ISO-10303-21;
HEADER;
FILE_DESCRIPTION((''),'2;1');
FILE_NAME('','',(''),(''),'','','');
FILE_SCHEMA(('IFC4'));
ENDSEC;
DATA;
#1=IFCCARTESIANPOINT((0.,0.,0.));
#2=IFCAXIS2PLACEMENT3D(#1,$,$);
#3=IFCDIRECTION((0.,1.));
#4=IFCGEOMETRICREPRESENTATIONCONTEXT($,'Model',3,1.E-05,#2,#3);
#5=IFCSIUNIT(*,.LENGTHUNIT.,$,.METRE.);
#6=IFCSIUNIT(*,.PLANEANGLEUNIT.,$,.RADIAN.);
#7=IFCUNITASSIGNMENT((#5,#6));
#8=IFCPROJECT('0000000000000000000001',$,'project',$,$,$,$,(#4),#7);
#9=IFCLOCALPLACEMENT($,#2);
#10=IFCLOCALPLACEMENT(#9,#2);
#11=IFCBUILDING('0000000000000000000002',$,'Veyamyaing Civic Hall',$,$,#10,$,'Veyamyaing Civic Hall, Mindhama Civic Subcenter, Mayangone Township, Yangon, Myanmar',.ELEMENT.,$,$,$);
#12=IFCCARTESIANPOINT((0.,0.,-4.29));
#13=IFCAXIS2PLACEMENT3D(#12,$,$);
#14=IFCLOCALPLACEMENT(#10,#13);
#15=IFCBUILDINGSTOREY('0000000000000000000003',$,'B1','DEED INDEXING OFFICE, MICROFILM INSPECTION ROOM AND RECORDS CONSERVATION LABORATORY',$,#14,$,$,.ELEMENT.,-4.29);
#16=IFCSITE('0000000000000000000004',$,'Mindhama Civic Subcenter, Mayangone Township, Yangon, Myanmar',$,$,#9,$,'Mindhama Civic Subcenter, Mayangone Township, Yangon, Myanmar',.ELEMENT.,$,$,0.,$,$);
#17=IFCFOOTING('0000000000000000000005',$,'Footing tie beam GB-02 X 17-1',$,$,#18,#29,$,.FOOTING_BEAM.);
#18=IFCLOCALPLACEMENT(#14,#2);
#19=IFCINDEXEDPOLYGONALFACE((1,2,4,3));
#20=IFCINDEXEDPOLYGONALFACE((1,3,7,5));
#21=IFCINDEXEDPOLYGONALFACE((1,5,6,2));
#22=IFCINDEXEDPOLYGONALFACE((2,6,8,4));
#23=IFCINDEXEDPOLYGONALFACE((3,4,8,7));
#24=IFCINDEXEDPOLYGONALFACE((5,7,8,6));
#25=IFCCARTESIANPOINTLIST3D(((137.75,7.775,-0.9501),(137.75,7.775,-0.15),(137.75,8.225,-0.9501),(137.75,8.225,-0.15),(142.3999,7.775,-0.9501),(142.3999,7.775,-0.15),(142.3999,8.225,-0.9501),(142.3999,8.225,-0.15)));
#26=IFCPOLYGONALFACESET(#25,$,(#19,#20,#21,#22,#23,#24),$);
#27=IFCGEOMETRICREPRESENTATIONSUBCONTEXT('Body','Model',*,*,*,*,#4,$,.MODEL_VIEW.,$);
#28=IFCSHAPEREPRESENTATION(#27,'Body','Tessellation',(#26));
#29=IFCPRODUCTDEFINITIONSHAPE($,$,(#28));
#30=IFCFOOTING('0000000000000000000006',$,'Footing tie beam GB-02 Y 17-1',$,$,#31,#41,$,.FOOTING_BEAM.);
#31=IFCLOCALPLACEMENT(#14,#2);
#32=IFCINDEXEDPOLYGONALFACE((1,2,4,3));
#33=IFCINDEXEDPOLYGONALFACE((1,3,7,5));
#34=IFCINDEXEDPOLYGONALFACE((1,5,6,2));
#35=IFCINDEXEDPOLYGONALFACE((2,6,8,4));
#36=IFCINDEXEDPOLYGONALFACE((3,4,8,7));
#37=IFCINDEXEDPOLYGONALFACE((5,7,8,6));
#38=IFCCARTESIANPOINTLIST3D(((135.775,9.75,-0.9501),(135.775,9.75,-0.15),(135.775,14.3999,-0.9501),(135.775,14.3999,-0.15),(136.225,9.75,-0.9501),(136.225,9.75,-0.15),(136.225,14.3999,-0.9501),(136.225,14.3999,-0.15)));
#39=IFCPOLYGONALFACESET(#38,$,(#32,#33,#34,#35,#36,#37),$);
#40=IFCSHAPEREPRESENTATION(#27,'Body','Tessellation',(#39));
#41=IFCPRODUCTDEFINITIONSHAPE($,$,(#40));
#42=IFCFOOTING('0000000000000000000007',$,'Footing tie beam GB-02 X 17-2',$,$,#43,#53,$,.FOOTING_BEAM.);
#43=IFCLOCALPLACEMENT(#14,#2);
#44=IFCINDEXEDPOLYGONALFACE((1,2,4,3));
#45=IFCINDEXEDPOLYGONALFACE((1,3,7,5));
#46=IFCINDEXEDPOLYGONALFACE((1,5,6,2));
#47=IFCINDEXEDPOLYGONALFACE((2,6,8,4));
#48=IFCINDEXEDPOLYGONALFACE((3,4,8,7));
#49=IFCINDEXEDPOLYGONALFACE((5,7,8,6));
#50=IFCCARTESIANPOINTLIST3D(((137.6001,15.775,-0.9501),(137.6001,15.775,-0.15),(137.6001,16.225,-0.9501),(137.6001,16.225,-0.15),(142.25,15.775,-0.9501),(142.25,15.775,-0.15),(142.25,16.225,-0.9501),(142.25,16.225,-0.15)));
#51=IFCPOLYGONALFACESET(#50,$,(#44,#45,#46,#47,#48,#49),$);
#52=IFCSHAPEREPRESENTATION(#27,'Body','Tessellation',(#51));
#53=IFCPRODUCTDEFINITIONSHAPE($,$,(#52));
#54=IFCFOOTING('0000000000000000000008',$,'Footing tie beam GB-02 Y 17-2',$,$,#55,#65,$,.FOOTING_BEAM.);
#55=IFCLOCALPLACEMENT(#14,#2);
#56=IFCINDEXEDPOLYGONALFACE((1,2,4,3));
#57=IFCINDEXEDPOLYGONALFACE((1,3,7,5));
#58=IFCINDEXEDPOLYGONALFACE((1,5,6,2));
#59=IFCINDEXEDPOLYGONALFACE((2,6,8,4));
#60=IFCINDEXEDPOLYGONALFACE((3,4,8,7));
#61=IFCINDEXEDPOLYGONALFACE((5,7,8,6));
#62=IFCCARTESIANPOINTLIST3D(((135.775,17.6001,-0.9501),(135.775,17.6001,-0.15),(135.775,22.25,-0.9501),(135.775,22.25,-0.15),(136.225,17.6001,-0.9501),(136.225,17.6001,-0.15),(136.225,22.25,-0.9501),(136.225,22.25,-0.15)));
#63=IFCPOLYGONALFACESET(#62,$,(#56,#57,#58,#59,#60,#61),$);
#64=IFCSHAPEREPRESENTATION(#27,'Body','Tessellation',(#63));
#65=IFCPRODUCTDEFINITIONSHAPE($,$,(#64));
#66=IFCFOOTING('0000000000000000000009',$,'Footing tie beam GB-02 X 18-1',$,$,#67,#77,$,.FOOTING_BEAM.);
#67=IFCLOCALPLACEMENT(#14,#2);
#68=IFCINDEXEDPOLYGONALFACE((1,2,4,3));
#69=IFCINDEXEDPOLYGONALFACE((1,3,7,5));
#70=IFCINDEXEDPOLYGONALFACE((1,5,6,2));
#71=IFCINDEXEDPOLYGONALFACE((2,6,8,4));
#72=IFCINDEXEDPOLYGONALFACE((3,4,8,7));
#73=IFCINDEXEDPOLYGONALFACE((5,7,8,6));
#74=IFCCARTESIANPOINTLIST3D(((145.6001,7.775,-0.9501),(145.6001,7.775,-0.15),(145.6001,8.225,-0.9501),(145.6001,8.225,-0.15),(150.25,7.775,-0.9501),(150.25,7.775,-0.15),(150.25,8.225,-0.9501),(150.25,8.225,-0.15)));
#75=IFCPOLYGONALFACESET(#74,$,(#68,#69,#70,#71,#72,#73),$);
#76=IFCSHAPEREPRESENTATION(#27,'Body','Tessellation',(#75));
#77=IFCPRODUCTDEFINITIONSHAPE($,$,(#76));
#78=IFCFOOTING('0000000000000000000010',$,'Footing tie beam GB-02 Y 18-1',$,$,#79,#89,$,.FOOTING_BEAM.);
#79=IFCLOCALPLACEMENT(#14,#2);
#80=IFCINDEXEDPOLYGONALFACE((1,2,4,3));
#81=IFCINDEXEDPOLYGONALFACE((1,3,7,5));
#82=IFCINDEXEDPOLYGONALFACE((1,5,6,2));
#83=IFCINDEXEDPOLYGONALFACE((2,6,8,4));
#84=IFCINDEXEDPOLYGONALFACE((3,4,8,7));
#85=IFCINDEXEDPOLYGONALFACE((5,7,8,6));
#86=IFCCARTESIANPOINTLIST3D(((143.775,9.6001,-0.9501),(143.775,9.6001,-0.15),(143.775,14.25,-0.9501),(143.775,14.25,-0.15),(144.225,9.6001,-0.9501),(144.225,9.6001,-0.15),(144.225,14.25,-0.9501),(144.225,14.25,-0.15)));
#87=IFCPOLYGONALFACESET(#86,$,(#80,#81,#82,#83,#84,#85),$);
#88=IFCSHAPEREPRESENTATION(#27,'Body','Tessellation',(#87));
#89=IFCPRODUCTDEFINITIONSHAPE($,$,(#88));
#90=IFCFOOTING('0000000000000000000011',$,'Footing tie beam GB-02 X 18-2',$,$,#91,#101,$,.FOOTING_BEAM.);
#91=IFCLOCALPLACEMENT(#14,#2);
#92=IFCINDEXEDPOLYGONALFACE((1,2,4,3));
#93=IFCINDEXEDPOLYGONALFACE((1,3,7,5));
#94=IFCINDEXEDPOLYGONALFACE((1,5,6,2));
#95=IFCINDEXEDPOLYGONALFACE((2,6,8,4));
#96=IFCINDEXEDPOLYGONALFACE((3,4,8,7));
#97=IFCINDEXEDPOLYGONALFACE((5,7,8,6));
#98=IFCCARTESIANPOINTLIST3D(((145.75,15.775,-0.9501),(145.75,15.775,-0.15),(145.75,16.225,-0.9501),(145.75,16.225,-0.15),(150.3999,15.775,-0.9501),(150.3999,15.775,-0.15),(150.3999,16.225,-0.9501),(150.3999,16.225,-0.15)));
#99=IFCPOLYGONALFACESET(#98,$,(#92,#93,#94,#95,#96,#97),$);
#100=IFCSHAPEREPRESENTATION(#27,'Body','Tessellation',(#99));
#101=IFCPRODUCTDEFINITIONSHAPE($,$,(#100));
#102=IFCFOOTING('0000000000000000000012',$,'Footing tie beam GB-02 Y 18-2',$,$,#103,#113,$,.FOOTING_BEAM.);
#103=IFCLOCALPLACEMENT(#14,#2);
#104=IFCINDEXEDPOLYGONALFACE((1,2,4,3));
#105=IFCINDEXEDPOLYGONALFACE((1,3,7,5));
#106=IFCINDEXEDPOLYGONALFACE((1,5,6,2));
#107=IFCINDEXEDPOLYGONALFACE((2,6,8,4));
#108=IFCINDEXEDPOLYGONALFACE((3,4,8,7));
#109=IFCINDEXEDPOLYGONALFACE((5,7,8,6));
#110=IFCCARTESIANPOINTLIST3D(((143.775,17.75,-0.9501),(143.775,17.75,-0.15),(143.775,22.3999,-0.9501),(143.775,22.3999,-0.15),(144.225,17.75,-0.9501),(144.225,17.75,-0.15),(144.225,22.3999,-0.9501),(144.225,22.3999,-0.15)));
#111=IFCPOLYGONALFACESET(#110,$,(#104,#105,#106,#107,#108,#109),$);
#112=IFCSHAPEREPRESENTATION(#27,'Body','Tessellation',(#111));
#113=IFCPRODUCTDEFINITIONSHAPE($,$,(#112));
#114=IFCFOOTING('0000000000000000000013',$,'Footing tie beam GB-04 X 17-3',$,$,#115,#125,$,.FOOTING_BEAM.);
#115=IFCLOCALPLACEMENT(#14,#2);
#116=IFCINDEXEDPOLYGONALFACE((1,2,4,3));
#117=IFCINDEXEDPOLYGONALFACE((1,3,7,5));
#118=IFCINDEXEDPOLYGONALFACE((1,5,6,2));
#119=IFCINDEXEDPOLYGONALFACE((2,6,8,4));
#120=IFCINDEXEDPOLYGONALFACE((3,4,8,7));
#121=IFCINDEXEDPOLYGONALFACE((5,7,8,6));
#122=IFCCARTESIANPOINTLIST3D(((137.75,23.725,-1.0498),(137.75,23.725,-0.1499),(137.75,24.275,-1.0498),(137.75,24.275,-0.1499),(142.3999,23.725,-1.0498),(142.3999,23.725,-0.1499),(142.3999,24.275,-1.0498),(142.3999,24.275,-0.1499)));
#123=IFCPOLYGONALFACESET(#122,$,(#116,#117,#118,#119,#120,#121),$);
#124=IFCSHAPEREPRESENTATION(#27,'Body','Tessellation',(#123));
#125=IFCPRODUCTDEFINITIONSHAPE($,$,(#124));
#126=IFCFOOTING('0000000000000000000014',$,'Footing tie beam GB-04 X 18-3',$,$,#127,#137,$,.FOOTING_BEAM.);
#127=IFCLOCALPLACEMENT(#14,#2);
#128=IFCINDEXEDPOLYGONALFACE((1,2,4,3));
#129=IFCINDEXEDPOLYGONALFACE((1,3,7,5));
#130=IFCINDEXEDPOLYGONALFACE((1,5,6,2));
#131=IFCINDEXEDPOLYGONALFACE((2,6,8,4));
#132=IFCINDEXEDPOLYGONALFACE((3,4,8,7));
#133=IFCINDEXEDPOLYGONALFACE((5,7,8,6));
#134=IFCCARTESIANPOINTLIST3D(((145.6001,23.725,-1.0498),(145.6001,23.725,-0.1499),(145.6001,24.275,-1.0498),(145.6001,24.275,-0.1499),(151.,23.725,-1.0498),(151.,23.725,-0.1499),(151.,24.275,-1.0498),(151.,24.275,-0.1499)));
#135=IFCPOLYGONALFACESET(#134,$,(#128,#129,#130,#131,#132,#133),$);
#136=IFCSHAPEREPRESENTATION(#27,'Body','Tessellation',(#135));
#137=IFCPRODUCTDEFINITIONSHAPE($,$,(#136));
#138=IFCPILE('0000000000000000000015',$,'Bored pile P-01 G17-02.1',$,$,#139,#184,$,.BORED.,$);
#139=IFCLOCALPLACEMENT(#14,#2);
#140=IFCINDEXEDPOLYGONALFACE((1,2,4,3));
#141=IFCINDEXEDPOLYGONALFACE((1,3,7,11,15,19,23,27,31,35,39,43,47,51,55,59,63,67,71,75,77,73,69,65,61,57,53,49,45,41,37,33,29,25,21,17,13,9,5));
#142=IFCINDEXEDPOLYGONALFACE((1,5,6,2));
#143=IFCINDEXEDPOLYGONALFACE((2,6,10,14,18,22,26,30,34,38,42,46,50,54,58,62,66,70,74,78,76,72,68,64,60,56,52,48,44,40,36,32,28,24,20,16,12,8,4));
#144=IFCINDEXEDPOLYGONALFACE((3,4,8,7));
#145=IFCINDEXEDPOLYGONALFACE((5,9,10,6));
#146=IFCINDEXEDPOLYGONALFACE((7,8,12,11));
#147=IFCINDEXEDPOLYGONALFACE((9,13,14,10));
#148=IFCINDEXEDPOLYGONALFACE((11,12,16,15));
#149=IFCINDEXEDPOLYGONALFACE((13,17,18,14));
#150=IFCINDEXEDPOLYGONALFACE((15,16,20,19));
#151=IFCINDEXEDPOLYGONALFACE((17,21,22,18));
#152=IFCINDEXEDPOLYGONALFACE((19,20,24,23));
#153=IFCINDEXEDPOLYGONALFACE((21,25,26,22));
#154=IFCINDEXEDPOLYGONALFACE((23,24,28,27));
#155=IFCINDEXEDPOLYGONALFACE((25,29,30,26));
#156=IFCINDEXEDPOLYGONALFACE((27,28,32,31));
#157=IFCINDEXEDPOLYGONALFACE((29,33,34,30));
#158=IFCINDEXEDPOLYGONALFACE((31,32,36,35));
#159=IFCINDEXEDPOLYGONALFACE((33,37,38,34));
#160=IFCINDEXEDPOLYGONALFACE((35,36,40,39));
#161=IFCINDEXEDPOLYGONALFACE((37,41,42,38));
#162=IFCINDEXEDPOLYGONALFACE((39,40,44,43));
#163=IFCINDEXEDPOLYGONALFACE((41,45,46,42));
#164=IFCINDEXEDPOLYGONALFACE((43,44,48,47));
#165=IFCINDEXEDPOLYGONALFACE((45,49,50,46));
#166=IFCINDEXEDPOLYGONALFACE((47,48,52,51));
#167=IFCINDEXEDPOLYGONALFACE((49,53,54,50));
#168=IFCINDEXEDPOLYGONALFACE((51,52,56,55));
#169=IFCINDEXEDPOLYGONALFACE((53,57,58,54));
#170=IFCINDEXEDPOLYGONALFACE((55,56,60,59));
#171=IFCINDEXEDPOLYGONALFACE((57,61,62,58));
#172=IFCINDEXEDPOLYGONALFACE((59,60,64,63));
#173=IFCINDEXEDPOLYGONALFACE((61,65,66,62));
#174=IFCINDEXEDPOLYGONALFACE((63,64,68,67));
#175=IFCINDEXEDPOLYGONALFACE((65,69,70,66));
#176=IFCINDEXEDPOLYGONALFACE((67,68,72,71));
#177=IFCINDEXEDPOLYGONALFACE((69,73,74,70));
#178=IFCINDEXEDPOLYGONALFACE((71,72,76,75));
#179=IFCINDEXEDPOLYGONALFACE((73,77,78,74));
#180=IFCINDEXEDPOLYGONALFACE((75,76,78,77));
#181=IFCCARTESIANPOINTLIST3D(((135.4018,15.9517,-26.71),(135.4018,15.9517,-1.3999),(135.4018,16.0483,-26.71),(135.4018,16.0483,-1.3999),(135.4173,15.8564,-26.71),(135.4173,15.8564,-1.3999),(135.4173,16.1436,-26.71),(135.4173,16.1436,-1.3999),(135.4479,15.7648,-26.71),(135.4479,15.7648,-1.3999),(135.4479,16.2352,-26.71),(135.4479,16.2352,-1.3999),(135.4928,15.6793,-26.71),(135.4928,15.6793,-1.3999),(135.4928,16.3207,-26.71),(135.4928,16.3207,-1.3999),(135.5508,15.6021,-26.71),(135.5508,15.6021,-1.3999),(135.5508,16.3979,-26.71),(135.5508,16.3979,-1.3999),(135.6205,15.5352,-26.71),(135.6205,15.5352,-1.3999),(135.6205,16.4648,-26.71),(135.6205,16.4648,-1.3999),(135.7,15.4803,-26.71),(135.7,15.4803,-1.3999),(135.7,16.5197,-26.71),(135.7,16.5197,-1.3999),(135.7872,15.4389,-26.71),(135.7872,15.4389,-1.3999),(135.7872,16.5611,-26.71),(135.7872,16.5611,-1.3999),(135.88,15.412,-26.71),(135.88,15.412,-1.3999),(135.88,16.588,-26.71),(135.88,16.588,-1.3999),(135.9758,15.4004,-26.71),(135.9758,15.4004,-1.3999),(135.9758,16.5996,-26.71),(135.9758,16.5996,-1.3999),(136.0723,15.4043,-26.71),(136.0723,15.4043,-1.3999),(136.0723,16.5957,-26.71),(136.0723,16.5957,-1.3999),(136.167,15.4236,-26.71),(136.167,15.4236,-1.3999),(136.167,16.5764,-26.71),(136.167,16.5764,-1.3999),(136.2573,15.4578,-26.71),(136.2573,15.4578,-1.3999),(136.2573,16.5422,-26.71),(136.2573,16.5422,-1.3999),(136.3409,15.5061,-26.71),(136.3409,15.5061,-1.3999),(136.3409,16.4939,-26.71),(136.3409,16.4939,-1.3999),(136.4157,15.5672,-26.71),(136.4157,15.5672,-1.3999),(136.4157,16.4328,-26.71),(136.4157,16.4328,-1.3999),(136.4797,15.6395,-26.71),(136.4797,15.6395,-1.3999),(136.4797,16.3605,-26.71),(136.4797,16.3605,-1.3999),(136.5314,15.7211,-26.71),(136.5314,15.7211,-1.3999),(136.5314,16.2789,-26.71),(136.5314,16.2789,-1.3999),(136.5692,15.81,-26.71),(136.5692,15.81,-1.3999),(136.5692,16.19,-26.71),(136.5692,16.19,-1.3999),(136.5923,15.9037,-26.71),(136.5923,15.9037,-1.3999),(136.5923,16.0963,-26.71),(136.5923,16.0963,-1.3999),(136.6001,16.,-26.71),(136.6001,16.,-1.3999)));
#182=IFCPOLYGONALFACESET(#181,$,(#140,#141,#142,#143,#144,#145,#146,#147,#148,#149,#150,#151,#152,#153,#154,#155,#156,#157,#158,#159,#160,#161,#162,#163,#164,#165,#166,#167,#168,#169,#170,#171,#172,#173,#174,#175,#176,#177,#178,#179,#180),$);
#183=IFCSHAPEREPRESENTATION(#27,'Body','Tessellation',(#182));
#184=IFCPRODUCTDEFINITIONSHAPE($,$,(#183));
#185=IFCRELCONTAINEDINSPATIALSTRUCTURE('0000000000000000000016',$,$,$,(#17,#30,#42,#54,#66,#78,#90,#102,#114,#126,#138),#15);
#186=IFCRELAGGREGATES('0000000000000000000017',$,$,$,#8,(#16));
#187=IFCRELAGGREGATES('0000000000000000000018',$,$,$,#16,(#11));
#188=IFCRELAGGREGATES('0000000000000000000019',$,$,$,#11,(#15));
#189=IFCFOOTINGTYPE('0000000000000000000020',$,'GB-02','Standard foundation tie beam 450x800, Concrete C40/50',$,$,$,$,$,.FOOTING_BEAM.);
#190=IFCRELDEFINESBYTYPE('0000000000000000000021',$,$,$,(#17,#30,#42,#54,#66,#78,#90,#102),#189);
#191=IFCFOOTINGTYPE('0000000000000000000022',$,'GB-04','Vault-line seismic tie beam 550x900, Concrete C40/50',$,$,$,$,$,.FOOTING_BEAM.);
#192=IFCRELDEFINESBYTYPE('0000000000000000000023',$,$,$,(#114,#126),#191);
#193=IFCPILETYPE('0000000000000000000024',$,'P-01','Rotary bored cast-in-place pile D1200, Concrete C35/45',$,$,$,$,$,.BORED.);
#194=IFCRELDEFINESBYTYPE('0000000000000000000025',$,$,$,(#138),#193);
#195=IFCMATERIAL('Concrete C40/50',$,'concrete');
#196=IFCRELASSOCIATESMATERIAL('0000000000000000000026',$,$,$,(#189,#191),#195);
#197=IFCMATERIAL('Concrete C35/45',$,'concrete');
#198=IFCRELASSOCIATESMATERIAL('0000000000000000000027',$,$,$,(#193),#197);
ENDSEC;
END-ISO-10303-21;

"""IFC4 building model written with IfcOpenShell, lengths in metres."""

from ifc_helpers import new_model, si_unit, direction, frame, origin, origin_2d, place, context, subcontext, project, spatial, rectangle, circle, extrude, material, material_profile, profile_set, type_object, element, save


model = new_model("IFC4")

# Units and contexts
model_context = context("Model", 3, precision=1e-05, world=origin(), true_north=direction((0.0, 1.0)))
body_context = subcontext(model_context, "Body", "Model", "MODEL_VIEW")
ifc_project = project(units=[si_unit("LENGTHUNIT", "METRE"), si_unit("PLANEANGLEUNIT", "RADIAN")], contexts=[model_context])

# Site, building, storey
site_placement = place(None, origin())
site = spatial("IfcSite", under=ifc_project, at=site_placement, Name="Mindhama Civic Subcenter, Mayangone Township, Yangon, Myanmar", LongName="Mindhama Civic Subcenter, Mayangone Township, Yangon, Myanmar", CompositionType="ELEMENT", RefElevation=0.0)
building_placement = place(site_placement, origin())
building = spatial("IfcBuilding", under=site, at=building_placement, Name="Veyamyaing Civic Hall", LongName="Veyamyaing Civic Hall, Mindhama Civic Subcenter, Mayangone Township, Yangon, Myanmar", CompositionType="ELEMENT")
storey_placement = place(building_placement, frame((0.0, 0.0, -4.29)))
storey = spatial("IfcBuildingStorey", under=building, at=storey_placement, Name="B1", Description="DEED INDEXING OFFICE, MICROFILM INSPECTION ROOM AND RECORDS CONSERVATION LABORATORY", CompositionType="ELEMENT", Elevation=-4.29)

# Footings
ifc_material_1 = material(Name="Concrete C40/50", Category="concrete")
ifc_material_profile_1 = material_profile(ifc_material_1, rectangle(XDim=0.45, YDim=0.8, at=origin_2d()), Name="GB-450X800")
ifc_profile_set_1 = profile_set([ifc_material_profile_1], Name="Concrete C40/50")
footing_type_1 = type_object("IfcFootingType", Name="GB-02", Description="Standard foundation tie beam 450x800, Concrete C40/50", PredefinedType="FOOTING_BEAM", material=ifc_profile_set_1)
for number, where, z_axis, x_axis, name in (
    (1, (137.75, 8.0, -0.55), (1.0, 0.0, 0.0), (0.0, 1.0, 0.0), "Footing tie beam GB-02 X 17-1"),
    (2, (136.0, 9.75, -0.55), (0.0, 1.0, 0.0), (-1.0, 0.0, 0.0), "Footing tie beam GB-02 Y 17-1"),
    (3, (137.6001, 16.0, -0.55), (1.0, 0.0, 0.0), (0.0, 1.0, 0.0), "Footing tie beam GB-02 X 17-2"),
    (4, (136.0, 17.6001, -0.55), (0.0, 1.0, 0.0), (-1.0, 0.0, 0.0), "Footing tie beam GB-02 Y 17-2"),
    (5, (145.6001, 8.0, -0.55), (1.0, 0.0, 0.0), (0.0, 1.0, 0.0), "Footing tie beam GB-02 X 18-1"),
    (6, (144.0, 9.6001, -0.55), (0.0, 1.0, 0.0), (-1.0, 0.0, 0.0), "Footing tie beam GB-02 Y 18-1"),
    (7, (145.75, 16.0, -0.55), (1.0, 0.0, 0.0), (0.0, 1.0, 0.0), "Footing tie beam GB-02 X 18-2"),
    (8, (144.0, 17.75, -0.55), (0.0, 1.0, 0.0), (-1.0, 0.0, 0.0), "Footing tie beam GB-02 Y 18-2"),
):
    element("IfcFooting", number, at=place(storey_placement, frame(where, z_axis=z_axis, x_axis=x_axis)), inside=storey, type_object=footing_type_1, Name=name, PredefinedType="FOOTING_BEAM", context=body_context, shape_type="SweptSolid", body=[
        extrude(rectangle(XDim=0.45, YDim=0.8, at=origin_2d()), origin(), (0.0, 0.0, 1.0), 4.6499),
    ])
ifc_material_profile_2 = material_profile(ifc_material_1, rectangle(XDim=0.55, YDim=0.8999, at=origin_2d()), Name="GB-550X900")
ifc_profile_set_2 = profile_set([ifc_material_profile_2], Name="Concrete C40/50")
footing_type_2 = type_object("IfcFootingType", Name="GB-04", Description="Vault-line seismic tie beam 550x900, Concrete C40/50", PredefinedType="FOOTING_BEAM", material=ifc_profile_set_2)
footing_1_placement = place(storey_placement, frame((137.75, 24.0, -0.5999), z_axis=(1.0, 0.0, 0.0), x_axis=(0.0, 1.0, 0.0)))
element("IfcFooting", 9, at=footing_1_placement, inside=storey, type_object=footing_type_2, Name="Footing tie beam GB-04 X 17-3", PredefinedType="FOOTING_BEAM", context=body_context, shape_type="SweptSolid", body=[
    extrude(rectangle(XDim=0.55, YDim=0.8999, at=origin_2d()), origin(), (0.0, 0.0, 1.0), 4.6499),
])
footing_2_placement = place(storey_placement, frame((145.6001, 24.0, -0.5999), z_axis=(1.0, 0.0, 0.0), x_axis=(0.0, 1.0, 0.0)))
element("IfcFooting", 10, at=footing_2_placement, inside=storey, type_object=footing_type_2, Name="Footing tie beam GB-04 X 18-3", PredefinedType="FOOTING_BEAM", context=body_context, shape_type="SweptSolid", body=[
    extrude(rectangle(XDim=0.55, YDim=0.8999, at=origin_2d()), origin(), (0.0, 0.0, 1.0), 5.3999),
])

# Pile
ifc_material_2 = material(Name="Concrete C35/45", Category="concrete")
ifc_material_profile_3 = material_profile(ifc_material_2, circle(Radius=0.6001, at=origin_2d()), Name="PILE-D1200")
ifc_profile_set_3 = profile_set([ifc_material_profile_3], Name="Concrete C35/45")
pile_type_1 = type_object("IfcPileType", Name="P-01", Description="Rotary bored cast-in-place pile D1200, Concrete C35/45", PredefinedType="BORED", material=ifc_profile_set_3)
for number, where, z_axis, x_axis, name in (
    (11, (136.0, 16.0, -1.3999), (0.0, 0.0, -1.0), (1.0, 0.0, 0.0), "Bored pile P-01 G17-02.1"),
):
    element("IfcPile", number, at=place(storey_placement, frame(where, z_axis=z_axis, x_axis=x_axis)), inside=storey, type_object=pile_type_1, Name=name, PredefinedType="BORED", context=body_context, shape_type="SweptSolid", body=[
        extrude(circle(Radius=0.6001, at=origin_2d()), origin(), (0.0, 0.0, 1.0), 25.3101),
    ])

save(model, "model.ifc")
